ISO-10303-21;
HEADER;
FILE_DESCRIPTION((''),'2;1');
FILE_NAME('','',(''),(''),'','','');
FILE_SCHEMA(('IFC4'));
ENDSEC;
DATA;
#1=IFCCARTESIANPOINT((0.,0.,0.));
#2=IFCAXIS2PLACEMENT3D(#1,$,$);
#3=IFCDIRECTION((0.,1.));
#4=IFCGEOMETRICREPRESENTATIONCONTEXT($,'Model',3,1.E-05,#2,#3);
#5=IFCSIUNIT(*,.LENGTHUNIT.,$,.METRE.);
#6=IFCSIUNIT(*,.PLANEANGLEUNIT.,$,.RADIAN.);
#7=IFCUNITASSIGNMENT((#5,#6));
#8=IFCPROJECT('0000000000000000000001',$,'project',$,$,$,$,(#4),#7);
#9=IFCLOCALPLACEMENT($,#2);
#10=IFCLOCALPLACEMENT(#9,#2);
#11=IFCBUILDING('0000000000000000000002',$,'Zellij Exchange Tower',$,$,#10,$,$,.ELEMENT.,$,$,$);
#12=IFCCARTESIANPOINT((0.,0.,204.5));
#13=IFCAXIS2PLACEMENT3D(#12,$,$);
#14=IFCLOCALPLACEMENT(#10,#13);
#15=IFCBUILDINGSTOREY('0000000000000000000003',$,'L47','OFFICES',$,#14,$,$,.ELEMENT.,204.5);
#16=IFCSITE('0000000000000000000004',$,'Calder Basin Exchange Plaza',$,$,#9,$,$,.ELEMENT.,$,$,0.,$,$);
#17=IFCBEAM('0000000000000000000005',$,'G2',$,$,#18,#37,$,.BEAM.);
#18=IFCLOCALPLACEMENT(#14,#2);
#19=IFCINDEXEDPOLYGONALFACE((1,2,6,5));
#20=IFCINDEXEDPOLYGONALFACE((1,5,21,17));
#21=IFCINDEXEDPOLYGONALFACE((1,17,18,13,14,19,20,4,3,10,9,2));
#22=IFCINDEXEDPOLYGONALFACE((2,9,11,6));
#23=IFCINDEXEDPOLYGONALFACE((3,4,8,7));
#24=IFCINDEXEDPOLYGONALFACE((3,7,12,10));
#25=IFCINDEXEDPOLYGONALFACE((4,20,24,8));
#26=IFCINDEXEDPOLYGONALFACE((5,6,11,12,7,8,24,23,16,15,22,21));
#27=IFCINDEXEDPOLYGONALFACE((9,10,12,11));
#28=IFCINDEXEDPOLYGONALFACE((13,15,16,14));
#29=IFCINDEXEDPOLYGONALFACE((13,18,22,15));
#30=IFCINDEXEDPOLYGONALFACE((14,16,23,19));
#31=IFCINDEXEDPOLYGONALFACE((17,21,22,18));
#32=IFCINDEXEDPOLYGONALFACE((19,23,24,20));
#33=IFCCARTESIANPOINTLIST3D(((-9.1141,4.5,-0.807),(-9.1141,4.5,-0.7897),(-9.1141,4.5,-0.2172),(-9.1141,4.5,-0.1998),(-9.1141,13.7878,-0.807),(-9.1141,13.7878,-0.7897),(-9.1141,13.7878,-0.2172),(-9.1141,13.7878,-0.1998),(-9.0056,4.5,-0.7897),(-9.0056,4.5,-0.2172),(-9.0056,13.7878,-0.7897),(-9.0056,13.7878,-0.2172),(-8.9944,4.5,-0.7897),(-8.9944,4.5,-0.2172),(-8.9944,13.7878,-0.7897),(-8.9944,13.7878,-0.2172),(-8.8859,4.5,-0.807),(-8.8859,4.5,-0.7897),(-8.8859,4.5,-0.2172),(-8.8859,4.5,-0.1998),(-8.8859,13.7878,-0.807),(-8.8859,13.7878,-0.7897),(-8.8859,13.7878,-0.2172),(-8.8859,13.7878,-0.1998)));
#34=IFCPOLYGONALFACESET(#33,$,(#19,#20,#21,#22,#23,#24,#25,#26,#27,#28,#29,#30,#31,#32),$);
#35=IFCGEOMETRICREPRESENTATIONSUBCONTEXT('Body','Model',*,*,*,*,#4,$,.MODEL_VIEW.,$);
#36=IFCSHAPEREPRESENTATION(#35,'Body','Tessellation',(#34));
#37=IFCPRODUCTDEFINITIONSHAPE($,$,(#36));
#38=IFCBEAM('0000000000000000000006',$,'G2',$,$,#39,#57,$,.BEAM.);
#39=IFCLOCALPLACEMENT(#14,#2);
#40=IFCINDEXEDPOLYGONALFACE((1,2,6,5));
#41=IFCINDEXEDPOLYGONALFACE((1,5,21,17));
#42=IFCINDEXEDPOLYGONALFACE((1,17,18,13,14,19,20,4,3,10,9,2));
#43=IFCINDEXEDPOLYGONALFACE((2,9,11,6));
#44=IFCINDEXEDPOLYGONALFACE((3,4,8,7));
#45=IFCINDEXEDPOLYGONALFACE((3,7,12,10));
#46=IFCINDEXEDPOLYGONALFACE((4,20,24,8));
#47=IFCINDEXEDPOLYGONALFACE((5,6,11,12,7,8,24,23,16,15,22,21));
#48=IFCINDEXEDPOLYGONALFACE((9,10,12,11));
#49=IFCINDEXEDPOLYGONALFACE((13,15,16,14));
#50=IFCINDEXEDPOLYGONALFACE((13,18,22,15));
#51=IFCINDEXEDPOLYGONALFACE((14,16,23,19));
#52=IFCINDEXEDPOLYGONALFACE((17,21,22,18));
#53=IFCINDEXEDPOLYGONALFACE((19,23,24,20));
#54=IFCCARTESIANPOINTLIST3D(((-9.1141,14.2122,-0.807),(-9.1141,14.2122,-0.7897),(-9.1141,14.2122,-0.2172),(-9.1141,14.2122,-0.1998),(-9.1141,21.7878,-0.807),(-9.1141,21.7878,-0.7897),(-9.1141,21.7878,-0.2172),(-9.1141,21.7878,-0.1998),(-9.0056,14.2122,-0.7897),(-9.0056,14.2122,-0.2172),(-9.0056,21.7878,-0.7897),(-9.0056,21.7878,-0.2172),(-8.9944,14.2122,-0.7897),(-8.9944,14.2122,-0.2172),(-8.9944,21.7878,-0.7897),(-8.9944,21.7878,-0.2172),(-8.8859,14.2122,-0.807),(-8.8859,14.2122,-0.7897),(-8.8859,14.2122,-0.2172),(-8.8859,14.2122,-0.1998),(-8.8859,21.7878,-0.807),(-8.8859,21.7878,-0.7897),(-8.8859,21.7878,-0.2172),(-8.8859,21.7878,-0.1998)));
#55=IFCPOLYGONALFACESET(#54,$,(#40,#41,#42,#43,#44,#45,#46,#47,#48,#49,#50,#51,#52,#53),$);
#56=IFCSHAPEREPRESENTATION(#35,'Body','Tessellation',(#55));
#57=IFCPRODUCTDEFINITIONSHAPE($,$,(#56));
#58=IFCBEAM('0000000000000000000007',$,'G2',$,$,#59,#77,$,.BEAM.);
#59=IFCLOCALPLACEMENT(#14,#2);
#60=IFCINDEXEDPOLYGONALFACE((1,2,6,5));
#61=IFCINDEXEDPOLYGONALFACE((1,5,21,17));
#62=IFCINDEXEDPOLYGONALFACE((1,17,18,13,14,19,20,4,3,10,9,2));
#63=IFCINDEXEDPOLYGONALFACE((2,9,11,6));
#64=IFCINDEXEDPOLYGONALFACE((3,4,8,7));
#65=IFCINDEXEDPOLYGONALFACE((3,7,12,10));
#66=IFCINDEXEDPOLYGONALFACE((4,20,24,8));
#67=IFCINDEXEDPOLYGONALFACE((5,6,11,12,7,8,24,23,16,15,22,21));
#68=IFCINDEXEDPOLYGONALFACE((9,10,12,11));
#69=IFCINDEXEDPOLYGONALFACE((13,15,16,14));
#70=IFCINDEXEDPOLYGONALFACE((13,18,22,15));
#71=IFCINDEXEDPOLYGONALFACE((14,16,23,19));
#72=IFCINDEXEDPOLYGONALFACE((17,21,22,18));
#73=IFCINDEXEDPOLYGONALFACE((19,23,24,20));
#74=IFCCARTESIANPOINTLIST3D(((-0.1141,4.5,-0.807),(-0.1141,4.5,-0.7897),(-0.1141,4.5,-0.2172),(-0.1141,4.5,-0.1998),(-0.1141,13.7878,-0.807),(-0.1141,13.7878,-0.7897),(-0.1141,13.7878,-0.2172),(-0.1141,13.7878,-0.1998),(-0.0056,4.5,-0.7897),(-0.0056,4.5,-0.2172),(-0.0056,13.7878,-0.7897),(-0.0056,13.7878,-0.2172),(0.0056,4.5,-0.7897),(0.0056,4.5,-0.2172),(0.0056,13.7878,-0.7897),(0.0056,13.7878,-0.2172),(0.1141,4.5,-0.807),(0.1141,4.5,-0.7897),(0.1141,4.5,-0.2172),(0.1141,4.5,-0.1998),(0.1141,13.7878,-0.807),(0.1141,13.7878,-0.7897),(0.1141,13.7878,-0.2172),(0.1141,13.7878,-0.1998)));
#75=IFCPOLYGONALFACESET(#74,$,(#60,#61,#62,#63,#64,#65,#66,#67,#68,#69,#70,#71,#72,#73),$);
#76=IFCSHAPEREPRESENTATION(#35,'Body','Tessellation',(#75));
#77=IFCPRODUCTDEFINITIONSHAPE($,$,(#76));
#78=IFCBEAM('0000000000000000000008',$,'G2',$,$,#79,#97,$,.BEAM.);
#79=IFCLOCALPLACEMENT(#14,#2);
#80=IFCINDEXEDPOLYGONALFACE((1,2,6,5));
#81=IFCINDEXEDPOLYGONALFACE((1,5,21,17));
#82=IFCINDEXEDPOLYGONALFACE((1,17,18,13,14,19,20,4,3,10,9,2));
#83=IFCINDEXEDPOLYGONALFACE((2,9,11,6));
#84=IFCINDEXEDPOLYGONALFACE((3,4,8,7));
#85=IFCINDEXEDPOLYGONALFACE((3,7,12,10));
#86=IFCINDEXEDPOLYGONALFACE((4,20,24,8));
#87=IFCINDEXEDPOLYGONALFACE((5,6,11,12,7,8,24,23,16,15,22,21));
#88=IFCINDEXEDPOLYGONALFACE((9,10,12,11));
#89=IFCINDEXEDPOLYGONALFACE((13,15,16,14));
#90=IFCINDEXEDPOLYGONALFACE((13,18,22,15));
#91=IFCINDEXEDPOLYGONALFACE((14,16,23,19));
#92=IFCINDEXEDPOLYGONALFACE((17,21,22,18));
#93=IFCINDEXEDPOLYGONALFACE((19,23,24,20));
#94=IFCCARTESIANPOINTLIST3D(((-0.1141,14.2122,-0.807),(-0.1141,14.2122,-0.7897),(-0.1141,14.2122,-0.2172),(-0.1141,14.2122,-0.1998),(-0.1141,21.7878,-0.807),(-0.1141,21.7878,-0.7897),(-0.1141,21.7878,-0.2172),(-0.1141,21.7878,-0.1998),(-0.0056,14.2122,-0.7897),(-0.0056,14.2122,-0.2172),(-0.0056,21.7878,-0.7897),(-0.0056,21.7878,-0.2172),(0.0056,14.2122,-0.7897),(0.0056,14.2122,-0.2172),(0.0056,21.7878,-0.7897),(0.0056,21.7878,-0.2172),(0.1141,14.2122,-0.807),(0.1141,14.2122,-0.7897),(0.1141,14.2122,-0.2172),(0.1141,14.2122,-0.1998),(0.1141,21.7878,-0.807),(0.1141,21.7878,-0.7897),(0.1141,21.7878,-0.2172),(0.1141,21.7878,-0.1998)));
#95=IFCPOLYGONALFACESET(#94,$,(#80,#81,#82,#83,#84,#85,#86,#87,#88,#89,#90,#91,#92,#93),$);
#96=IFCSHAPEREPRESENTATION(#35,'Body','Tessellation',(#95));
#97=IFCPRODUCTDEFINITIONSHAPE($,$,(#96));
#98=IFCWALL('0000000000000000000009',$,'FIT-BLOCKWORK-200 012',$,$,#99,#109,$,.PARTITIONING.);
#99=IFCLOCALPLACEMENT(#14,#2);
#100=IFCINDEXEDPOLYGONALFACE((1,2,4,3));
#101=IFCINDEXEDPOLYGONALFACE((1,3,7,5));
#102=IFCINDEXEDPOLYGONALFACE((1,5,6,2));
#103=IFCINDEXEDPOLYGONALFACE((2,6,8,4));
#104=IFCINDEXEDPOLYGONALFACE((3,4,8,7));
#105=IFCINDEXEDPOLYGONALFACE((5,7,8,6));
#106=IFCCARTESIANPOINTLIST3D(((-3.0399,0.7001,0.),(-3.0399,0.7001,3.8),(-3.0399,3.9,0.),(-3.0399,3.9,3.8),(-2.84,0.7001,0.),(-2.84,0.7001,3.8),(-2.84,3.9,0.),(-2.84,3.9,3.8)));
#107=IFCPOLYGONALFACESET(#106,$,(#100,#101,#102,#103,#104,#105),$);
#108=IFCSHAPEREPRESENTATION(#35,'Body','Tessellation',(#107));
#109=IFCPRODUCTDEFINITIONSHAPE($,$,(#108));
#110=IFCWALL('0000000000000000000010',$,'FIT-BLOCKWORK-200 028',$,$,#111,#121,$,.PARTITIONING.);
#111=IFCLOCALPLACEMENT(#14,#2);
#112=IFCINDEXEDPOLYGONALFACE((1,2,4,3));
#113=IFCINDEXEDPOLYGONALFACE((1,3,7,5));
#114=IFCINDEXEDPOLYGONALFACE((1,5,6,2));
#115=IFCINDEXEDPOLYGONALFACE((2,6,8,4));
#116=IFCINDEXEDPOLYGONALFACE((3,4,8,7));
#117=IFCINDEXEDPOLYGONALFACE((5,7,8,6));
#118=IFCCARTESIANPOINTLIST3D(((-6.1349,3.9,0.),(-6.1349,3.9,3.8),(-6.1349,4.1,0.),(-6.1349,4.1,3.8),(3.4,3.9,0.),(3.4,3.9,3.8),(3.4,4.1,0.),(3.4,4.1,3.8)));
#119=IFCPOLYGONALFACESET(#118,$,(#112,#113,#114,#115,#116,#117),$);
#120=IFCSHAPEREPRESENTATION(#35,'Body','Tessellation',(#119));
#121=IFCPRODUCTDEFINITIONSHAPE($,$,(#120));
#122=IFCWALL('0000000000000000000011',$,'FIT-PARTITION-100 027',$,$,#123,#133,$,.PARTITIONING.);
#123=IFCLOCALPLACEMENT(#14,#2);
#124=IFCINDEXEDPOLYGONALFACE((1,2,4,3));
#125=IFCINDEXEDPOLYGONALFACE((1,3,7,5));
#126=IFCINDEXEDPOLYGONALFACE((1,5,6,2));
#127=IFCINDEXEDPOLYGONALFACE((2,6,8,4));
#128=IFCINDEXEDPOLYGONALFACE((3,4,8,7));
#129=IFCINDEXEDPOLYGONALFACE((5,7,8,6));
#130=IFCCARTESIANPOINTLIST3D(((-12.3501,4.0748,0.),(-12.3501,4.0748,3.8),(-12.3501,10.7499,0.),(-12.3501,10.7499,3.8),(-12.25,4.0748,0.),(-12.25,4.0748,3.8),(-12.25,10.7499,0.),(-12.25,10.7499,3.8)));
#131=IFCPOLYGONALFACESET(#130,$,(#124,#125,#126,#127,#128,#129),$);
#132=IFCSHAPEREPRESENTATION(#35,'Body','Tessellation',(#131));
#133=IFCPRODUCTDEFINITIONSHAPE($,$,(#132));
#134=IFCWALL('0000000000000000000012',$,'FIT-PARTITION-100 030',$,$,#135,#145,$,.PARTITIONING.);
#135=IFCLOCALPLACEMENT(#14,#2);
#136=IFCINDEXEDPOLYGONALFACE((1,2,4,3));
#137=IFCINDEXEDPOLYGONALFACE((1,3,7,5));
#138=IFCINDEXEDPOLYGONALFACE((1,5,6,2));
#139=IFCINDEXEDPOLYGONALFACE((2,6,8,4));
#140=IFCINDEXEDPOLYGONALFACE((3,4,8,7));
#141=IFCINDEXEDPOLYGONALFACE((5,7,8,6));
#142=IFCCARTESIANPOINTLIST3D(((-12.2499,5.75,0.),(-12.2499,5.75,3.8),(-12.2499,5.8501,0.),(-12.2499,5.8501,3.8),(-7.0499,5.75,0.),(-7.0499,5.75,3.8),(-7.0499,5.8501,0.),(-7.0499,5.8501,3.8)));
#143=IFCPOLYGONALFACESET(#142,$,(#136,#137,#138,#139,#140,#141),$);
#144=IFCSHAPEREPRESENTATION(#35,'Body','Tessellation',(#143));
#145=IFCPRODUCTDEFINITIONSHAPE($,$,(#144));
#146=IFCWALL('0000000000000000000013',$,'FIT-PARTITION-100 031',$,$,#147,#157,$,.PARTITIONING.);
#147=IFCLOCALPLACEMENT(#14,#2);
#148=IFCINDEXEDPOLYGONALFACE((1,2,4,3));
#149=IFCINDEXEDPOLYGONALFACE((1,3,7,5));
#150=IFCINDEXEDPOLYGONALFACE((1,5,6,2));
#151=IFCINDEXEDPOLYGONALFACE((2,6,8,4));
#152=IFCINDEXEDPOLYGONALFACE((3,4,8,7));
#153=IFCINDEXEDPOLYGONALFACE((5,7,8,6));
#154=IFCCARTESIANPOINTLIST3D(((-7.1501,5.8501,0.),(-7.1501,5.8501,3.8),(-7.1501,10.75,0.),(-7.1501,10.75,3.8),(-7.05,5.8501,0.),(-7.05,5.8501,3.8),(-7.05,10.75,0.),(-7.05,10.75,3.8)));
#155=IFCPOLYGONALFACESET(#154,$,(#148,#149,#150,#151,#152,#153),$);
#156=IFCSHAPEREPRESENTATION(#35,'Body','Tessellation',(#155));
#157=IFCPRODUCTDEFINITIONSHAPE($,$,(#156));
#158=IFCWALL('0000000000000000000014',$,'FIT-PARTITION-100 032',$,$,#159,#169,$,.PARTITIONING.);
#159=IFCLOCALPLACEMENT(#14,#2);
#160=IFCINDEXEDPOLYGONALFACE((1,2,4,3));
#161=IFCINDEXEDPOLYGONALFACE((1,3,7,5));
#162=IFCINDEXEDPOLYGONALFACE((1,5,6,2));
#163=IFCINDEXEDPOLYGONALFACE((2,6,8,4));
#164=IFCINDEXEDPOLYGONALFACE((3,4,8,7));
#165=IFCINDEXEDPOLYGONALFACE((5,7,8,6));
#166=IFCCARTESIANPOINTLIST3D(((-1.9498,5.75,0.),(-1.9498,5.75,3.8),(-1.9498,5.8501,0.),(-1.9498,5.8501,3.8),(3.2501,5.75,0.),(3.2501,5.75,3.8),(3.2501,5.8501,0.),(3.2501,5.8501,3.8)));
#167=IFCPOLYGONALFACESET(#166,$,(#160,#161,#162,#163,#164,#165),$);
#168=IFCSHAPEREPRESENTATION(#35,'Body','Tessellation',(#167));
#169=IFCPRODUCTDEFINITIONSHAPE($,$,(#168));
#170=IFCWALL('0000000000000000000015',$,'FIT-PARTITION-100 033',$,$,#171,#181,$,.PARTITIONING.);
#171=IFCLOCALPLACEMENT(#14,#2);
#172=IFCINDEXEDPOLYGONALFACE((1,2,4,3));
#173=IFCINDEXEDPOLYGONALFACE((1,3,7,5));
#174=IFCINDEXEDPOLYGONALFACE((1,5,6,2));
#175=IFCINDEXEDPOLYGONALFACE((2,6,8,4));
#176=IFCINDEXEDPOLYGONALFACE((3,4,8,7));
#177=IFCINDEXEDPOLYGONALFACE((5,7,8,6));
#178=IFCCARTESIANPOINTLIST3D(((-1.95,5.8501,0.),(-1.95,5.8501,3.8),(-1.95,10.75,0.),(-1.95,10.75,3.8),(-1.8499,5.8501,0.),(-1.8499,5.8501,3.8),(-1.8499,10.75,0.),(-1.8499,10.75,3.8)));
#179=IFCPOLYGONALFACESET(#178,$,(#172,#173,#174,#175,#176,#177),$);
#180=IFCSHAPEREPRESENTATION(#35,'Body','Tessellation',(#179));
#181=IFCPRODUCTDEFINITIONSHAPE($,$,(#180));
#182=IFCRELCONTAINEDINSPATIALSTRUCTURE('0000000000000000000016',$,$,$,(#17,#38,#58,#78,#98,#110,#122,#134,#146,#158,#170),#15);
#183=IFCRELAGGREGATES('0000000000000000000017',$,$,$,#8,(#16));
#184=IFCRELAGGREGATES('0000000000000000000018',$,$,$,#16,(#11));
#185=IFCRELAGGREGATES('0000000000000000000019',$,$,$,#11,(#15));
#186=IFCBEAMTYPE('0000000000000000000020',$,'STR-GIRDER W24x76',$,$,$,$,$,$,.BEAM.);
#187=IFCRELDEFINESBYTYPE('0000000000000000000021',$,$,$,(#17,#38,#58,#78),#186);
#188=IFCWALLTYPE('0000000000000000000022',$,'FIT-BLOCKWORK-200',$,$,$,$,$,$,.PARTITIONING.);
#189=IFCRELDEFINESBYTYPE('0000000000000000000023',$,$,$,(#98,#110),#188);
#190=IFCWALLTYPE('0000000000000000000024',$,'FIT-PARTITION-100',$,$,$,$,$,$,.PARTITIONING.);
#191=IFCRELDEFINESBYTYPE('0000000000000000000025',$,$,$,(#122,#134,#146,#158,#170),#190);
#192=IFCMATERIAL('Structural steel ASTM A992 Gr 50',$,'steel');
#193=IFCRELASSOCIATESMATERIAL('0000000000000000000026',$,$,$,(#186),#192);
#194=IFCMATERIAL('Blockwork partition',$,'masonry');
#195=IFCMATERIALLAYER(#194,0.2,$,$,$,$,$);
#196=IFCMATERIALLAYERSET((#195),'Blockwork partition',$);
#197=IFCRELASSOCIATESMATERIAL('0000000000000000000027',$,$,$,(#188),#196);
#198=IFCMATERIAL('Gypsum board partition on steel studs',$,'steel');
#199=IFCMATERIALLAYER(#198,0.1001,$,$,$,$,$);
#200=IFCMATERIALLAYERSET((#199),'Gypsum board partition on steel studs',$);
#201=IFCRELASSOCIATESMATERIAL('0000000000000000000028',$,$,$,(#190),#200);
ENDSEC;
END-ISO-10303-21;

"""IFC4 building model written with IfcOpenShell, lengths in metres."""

from ifc_helpers import new_model, si_unit, direction, frame, frame_2d, origin, origin_2d, place, context, subcontext, project, spatial, rectangle, i_section, extrude, material, layer, layer_set, material_profile, profile_set, type_object, element, save


model = new_model("IFC4")

# Units and contexts
model_context = context("Model", 3, precision=1e-05, world=origin(), true_north=direction((0.0, 1.0)))
body_context = subcontext(model_context, "Body", "Model", "MODEL_VIEW")
ifc_project = project(units=[si_unit("LENGTHUNIT", "METRE"), si_unit("PLANEANGLEUNIT", "RADIAN")], contexts=[model_context])

# Site, building, storey
site_placement = place(None, origin())
site = spatial("IfcSite", under=ifc_project, at=site_placement, Name="Calder Basin Exchange Plaza", CompositionType="ELEMENT", RefElevation=0.0)
building_placement = place(site_placement, origin())
building = spatial("IfcBuilding", under=site, at=building_placement, Name="Zellij Exchange Tower", CompositionType="ELEMENT")
storey_placement = place(building_placement, frame((0.0, 0.0, 204.5)))
storey = spatial("IfcBuildingStorey", under=building, at=storey_placement, Name="L47", Description="OFFICES", CompositionType="ELEMENT", Elevation=204.5)

# Beams
ifc_material_1 = material(Name="Structural steel ASTM A992 Gr 50", Category="steel")
ifc_material_profile_1 = material_profile(ifc_material_1, i_section(OverallWidth=0.2283, OverallDepth=0.6072, WebThickness=0.0112, FlangeThickness=0.0173, at=origin_2d()), Name="W24x76")
ifc_profile_set_1 = profile_set([ifc_material_profile_1], Name="Structural steel ASTM A992 Gr 50")
beam_type = type_object("IfcBeamType", Name="STR-GIRDER W24x76", PredefinedType="BEAM", material=ifc_profile_set_1)
beam_1_placement = place(storey_placement, frame((-9.0, 4.5, -0.5034), z_axis=(0.0, 1.0, 0.0), x_axis=(-1.0, 0.0, 0.0)))
element("IfcBeam", 1, at=beam_1_placement, inside=storey, type_object=beam_type, Name="G2", PredefinedType="BEAM", context=body_context, shape_type="SweptSolid", body=[
    extrude(i_section(OverallWidth=0.2283, OverallDepth=0.6072, WebThickness=0.0112, FlangeThickness=0.0173, at=origin_2d()), origin(), (0.0, 0.0, 1.0), 9.2878),
])
beam_2_placement = place(storey_placement, frame((-9.0, 14.2122, -0.5034), z_axis=(0.0, 1.0, 0.0), x_axis=(-1.0, 0.0, 0.0)))
element("IfcBeam", 2, at=beam_2_placement, inside=storey, type_object=beam_type, Name="G2", PredefinedType="BEAM", context=body_context, shape_type="SweptSolid", body=[
    extrude(i_section(OverallWidth=0.2283, OverallDepth=0.6072, WebThickness=0.0112, FlangeThickness=0.0173, at=origin_2d()), origin(), (0.0, 0.0, 1.0), 7.5757),
])
beam_3_placement = place(storey_placement, frame((0.0, 4.5, -0.5034), z_axis=(0.0, 1.0, 0.0), x_axis=(-1.0, 0.0, 0.0)))
element("IfcBeam", 3, at=beam_3_placement, inside=storey, type_object=beam_type, Name="G2", PredefinedType="BEAM", context=body_context, shape_type="SweptSolid", body=[
    extrude(i_section(OverallWidth=0.2283, OverallDepth=0.6072, WebThickness=0.0112, FlangeThickness=0.0173, at=origin_2d()), origin(), (0.0, 0.0, 1.0), 9.2878),
])
beam_4_placement = place(storey_placement, frame((0.0, 14.2122, -0.5034), z_axis=(0.0, 1.0, 0.0), x_axis=(-1.0, 0.0, 0.0)))
element("IfcBeam", 4, at=beam_4_placement, inside=storey, type_object=beam_type, Name="G2", PredefinedType="BEAM", context=body_context, shape_type="SweptSolid", body=[
    extrude(i_section(OverallWidth=0.2283, OverallDepth=0.6072, WebThickness=0.0112, FlangeThickness=0.0173, at=origin_2d()), origin(), (0.0, 0.0, 1.0), 7.5757),
])

# Walls
ifc_material_2 = material(Name="Blockwork partition", Category="masonry")
ifc_layer_1 = layer(ifc_material_2, 0.2)
ifc_layer_set_1 = layer_set([ifc_layer_1], Name="Blockwork partition")
wall_type_1 = type_object("IfcWallType", Name="FIT-BLOCKWORK-200", PredefinedType="PARTITIONING", material=ifc_layer_set_1)
wall_1_placement = place(storey_placement, frame((-2.9399, 0.7, 0.0), z_axis=(0.0, 0.0, 1.0), x_axis=(0.0, 1.0, 0.0)))
element("IfcWall", 5, at=wall_1_placement, inside=storey, type_object=wall_type_1, Name="FIT-BLOCKWORK-200 012", PredefinedType="PARTITIONING", context=body_context, shape_type="SweptSolid", body=[
    extrude(rectangle(XDim=3.2, YDim=0.2, at=frame_2d((1.6001, 0.0))), origin(), (0.0, 0.0, 1.0), 3.8),
])
wall_2_placement = place(storey_placement, frame((-6.135, 4.0, 0.0), z_axis=(0.0, 0.0, 1.0), x_axis=(1.0, 0.0, 0.0)))
element("IfcWall", 6, at=wall_2_placement, inside=storey, type_object=wall_type_1, Name="FIT-BLOCKWORK-200 028", PredefinedType="PARTITIONING", context=body_context, shape_type="SweptSolid", body=[
    extrude(rectangle(XDim=9.5349, YDim=0.2, at=frame_2d((4.7676, 0.0))), origin(), (0.0, 0.0, 1.0), 3.8),
])
ifc_material_3 = material(Name="Gypsum board partition on steel studs", Category="steel")
ifc_layer_2 = layer(ifc_material_3, 0.1001)
ifc_layer_set_2 = layer_set([ifc_layer_2], Name="Gypsum board partition on steel studs")
wall_type_2 = type_object("IfcWallType", Name="FIT-PARTITION-100", PredefinedType="PARTITIONING", material=ifc_layer_set_2)
wall_3_placement = place(storey_placement, frame((-12.3, 4.075, 0.0), z_axis=(0.0, 0.0, 1.0), x_axis=(0.0, 1.0, 0.0)))
element("IfcWall", 7, at=wall_3_placement, inside=storey, type_object=wall_type_2, Name="FIT-PARTITION-100 027", PredefinedType="PARTITIONING", context=body_context, shape_type="SweptSolid", body=[
    extrude(rectangle(XDim=6.675, YDim=0.1001, at=frame_2d((3.3374, 0.0))), origin(), (0.0, 0.0, 1.0), 3.8),
])
wall_4_placement = place(storey_placement, frame((-12.25, 5.8, 0.0), z_axis=(0.0, 0.0, 1.0), x_axis=(1.0, 0.0, 0.0)))
element("IfcWall", 8, at=wall_4_placement, inside=storey, type_object=wall_type_2, Name="FIT-PARTITION-100 030", PredefinedType="PARTITIONING", context=body_context, shape_type="SweptSolid", body=[
    extrude(rectangle(XDim=5.2, YDim=0.1001, at=frame_2d((2.6001, 0.0))), origin(), (0.0, 0.0, 1.0), 3.8),
])
wall_5_placement = place(storey_placement, frame((-7.1001, 5.8501, 0.0), z_axis=(0.0, 0.0, 1.0), x_axis=(0.0, 1.0, 0.0)))
element("IfcWall", 9, at=wall_5_placement, inside=storey, type_object=wall_type_2, Name="FIT-PARTITION-100 031", PredefinedType="PARTITIONING", context=body_context, shape_type="SweptSolid", body=[
    extrude(rectangle(XDim=4.8999, YDim=0.1001, at=frame_2d((2.45, 0.0))), origin(), (0.0, 0.0, 1.0), 3.8),
])
wall_6_placement = place(storey_placement, frame((-1.95, 5.8, 0.0), z_axis=(0.0, 0.0, 1.0), x_axis=(1.0, 0.0, 0.0)))
element("IfcWall", 10, at=wall_6_placement, inside=storey, type_object=wall_type_2, Name="FIT-PARTITION-100 032", PredefinedType="PARTITIONING", context=body_context, shape_type="SweptSolid", body=[
    extrude(rectangle(XDim=5.2, YDim=0.1001, at=frame_2d((2.6001, 0.0))), origin(), (0.0, 0.0, 1.0), 3.8),
])
wall_7_placement = place(storey_placement, frame((-1.8999, 5.8501, 0.0), z_axis=(0.0, 0.0, 1.0), x_axis=(0.0, 1.0, 0.0)))
element("IfcWall", 11, at=wall_7_placement, inside=storey, type_object=wall_type_2, Name="FIT-PARTITION-100 033", PredefinedType="PARTITIONING", context=body_context, shape_type="SweptSolid", body=[
    extrude(rectangle(XDim=4.8999, YDim=0.1001, at=frame_2d((2.45, 0.0))), origin(), (0.0, 0.0, 1.0), 3.8),
])

save(model, "model.ifc")
